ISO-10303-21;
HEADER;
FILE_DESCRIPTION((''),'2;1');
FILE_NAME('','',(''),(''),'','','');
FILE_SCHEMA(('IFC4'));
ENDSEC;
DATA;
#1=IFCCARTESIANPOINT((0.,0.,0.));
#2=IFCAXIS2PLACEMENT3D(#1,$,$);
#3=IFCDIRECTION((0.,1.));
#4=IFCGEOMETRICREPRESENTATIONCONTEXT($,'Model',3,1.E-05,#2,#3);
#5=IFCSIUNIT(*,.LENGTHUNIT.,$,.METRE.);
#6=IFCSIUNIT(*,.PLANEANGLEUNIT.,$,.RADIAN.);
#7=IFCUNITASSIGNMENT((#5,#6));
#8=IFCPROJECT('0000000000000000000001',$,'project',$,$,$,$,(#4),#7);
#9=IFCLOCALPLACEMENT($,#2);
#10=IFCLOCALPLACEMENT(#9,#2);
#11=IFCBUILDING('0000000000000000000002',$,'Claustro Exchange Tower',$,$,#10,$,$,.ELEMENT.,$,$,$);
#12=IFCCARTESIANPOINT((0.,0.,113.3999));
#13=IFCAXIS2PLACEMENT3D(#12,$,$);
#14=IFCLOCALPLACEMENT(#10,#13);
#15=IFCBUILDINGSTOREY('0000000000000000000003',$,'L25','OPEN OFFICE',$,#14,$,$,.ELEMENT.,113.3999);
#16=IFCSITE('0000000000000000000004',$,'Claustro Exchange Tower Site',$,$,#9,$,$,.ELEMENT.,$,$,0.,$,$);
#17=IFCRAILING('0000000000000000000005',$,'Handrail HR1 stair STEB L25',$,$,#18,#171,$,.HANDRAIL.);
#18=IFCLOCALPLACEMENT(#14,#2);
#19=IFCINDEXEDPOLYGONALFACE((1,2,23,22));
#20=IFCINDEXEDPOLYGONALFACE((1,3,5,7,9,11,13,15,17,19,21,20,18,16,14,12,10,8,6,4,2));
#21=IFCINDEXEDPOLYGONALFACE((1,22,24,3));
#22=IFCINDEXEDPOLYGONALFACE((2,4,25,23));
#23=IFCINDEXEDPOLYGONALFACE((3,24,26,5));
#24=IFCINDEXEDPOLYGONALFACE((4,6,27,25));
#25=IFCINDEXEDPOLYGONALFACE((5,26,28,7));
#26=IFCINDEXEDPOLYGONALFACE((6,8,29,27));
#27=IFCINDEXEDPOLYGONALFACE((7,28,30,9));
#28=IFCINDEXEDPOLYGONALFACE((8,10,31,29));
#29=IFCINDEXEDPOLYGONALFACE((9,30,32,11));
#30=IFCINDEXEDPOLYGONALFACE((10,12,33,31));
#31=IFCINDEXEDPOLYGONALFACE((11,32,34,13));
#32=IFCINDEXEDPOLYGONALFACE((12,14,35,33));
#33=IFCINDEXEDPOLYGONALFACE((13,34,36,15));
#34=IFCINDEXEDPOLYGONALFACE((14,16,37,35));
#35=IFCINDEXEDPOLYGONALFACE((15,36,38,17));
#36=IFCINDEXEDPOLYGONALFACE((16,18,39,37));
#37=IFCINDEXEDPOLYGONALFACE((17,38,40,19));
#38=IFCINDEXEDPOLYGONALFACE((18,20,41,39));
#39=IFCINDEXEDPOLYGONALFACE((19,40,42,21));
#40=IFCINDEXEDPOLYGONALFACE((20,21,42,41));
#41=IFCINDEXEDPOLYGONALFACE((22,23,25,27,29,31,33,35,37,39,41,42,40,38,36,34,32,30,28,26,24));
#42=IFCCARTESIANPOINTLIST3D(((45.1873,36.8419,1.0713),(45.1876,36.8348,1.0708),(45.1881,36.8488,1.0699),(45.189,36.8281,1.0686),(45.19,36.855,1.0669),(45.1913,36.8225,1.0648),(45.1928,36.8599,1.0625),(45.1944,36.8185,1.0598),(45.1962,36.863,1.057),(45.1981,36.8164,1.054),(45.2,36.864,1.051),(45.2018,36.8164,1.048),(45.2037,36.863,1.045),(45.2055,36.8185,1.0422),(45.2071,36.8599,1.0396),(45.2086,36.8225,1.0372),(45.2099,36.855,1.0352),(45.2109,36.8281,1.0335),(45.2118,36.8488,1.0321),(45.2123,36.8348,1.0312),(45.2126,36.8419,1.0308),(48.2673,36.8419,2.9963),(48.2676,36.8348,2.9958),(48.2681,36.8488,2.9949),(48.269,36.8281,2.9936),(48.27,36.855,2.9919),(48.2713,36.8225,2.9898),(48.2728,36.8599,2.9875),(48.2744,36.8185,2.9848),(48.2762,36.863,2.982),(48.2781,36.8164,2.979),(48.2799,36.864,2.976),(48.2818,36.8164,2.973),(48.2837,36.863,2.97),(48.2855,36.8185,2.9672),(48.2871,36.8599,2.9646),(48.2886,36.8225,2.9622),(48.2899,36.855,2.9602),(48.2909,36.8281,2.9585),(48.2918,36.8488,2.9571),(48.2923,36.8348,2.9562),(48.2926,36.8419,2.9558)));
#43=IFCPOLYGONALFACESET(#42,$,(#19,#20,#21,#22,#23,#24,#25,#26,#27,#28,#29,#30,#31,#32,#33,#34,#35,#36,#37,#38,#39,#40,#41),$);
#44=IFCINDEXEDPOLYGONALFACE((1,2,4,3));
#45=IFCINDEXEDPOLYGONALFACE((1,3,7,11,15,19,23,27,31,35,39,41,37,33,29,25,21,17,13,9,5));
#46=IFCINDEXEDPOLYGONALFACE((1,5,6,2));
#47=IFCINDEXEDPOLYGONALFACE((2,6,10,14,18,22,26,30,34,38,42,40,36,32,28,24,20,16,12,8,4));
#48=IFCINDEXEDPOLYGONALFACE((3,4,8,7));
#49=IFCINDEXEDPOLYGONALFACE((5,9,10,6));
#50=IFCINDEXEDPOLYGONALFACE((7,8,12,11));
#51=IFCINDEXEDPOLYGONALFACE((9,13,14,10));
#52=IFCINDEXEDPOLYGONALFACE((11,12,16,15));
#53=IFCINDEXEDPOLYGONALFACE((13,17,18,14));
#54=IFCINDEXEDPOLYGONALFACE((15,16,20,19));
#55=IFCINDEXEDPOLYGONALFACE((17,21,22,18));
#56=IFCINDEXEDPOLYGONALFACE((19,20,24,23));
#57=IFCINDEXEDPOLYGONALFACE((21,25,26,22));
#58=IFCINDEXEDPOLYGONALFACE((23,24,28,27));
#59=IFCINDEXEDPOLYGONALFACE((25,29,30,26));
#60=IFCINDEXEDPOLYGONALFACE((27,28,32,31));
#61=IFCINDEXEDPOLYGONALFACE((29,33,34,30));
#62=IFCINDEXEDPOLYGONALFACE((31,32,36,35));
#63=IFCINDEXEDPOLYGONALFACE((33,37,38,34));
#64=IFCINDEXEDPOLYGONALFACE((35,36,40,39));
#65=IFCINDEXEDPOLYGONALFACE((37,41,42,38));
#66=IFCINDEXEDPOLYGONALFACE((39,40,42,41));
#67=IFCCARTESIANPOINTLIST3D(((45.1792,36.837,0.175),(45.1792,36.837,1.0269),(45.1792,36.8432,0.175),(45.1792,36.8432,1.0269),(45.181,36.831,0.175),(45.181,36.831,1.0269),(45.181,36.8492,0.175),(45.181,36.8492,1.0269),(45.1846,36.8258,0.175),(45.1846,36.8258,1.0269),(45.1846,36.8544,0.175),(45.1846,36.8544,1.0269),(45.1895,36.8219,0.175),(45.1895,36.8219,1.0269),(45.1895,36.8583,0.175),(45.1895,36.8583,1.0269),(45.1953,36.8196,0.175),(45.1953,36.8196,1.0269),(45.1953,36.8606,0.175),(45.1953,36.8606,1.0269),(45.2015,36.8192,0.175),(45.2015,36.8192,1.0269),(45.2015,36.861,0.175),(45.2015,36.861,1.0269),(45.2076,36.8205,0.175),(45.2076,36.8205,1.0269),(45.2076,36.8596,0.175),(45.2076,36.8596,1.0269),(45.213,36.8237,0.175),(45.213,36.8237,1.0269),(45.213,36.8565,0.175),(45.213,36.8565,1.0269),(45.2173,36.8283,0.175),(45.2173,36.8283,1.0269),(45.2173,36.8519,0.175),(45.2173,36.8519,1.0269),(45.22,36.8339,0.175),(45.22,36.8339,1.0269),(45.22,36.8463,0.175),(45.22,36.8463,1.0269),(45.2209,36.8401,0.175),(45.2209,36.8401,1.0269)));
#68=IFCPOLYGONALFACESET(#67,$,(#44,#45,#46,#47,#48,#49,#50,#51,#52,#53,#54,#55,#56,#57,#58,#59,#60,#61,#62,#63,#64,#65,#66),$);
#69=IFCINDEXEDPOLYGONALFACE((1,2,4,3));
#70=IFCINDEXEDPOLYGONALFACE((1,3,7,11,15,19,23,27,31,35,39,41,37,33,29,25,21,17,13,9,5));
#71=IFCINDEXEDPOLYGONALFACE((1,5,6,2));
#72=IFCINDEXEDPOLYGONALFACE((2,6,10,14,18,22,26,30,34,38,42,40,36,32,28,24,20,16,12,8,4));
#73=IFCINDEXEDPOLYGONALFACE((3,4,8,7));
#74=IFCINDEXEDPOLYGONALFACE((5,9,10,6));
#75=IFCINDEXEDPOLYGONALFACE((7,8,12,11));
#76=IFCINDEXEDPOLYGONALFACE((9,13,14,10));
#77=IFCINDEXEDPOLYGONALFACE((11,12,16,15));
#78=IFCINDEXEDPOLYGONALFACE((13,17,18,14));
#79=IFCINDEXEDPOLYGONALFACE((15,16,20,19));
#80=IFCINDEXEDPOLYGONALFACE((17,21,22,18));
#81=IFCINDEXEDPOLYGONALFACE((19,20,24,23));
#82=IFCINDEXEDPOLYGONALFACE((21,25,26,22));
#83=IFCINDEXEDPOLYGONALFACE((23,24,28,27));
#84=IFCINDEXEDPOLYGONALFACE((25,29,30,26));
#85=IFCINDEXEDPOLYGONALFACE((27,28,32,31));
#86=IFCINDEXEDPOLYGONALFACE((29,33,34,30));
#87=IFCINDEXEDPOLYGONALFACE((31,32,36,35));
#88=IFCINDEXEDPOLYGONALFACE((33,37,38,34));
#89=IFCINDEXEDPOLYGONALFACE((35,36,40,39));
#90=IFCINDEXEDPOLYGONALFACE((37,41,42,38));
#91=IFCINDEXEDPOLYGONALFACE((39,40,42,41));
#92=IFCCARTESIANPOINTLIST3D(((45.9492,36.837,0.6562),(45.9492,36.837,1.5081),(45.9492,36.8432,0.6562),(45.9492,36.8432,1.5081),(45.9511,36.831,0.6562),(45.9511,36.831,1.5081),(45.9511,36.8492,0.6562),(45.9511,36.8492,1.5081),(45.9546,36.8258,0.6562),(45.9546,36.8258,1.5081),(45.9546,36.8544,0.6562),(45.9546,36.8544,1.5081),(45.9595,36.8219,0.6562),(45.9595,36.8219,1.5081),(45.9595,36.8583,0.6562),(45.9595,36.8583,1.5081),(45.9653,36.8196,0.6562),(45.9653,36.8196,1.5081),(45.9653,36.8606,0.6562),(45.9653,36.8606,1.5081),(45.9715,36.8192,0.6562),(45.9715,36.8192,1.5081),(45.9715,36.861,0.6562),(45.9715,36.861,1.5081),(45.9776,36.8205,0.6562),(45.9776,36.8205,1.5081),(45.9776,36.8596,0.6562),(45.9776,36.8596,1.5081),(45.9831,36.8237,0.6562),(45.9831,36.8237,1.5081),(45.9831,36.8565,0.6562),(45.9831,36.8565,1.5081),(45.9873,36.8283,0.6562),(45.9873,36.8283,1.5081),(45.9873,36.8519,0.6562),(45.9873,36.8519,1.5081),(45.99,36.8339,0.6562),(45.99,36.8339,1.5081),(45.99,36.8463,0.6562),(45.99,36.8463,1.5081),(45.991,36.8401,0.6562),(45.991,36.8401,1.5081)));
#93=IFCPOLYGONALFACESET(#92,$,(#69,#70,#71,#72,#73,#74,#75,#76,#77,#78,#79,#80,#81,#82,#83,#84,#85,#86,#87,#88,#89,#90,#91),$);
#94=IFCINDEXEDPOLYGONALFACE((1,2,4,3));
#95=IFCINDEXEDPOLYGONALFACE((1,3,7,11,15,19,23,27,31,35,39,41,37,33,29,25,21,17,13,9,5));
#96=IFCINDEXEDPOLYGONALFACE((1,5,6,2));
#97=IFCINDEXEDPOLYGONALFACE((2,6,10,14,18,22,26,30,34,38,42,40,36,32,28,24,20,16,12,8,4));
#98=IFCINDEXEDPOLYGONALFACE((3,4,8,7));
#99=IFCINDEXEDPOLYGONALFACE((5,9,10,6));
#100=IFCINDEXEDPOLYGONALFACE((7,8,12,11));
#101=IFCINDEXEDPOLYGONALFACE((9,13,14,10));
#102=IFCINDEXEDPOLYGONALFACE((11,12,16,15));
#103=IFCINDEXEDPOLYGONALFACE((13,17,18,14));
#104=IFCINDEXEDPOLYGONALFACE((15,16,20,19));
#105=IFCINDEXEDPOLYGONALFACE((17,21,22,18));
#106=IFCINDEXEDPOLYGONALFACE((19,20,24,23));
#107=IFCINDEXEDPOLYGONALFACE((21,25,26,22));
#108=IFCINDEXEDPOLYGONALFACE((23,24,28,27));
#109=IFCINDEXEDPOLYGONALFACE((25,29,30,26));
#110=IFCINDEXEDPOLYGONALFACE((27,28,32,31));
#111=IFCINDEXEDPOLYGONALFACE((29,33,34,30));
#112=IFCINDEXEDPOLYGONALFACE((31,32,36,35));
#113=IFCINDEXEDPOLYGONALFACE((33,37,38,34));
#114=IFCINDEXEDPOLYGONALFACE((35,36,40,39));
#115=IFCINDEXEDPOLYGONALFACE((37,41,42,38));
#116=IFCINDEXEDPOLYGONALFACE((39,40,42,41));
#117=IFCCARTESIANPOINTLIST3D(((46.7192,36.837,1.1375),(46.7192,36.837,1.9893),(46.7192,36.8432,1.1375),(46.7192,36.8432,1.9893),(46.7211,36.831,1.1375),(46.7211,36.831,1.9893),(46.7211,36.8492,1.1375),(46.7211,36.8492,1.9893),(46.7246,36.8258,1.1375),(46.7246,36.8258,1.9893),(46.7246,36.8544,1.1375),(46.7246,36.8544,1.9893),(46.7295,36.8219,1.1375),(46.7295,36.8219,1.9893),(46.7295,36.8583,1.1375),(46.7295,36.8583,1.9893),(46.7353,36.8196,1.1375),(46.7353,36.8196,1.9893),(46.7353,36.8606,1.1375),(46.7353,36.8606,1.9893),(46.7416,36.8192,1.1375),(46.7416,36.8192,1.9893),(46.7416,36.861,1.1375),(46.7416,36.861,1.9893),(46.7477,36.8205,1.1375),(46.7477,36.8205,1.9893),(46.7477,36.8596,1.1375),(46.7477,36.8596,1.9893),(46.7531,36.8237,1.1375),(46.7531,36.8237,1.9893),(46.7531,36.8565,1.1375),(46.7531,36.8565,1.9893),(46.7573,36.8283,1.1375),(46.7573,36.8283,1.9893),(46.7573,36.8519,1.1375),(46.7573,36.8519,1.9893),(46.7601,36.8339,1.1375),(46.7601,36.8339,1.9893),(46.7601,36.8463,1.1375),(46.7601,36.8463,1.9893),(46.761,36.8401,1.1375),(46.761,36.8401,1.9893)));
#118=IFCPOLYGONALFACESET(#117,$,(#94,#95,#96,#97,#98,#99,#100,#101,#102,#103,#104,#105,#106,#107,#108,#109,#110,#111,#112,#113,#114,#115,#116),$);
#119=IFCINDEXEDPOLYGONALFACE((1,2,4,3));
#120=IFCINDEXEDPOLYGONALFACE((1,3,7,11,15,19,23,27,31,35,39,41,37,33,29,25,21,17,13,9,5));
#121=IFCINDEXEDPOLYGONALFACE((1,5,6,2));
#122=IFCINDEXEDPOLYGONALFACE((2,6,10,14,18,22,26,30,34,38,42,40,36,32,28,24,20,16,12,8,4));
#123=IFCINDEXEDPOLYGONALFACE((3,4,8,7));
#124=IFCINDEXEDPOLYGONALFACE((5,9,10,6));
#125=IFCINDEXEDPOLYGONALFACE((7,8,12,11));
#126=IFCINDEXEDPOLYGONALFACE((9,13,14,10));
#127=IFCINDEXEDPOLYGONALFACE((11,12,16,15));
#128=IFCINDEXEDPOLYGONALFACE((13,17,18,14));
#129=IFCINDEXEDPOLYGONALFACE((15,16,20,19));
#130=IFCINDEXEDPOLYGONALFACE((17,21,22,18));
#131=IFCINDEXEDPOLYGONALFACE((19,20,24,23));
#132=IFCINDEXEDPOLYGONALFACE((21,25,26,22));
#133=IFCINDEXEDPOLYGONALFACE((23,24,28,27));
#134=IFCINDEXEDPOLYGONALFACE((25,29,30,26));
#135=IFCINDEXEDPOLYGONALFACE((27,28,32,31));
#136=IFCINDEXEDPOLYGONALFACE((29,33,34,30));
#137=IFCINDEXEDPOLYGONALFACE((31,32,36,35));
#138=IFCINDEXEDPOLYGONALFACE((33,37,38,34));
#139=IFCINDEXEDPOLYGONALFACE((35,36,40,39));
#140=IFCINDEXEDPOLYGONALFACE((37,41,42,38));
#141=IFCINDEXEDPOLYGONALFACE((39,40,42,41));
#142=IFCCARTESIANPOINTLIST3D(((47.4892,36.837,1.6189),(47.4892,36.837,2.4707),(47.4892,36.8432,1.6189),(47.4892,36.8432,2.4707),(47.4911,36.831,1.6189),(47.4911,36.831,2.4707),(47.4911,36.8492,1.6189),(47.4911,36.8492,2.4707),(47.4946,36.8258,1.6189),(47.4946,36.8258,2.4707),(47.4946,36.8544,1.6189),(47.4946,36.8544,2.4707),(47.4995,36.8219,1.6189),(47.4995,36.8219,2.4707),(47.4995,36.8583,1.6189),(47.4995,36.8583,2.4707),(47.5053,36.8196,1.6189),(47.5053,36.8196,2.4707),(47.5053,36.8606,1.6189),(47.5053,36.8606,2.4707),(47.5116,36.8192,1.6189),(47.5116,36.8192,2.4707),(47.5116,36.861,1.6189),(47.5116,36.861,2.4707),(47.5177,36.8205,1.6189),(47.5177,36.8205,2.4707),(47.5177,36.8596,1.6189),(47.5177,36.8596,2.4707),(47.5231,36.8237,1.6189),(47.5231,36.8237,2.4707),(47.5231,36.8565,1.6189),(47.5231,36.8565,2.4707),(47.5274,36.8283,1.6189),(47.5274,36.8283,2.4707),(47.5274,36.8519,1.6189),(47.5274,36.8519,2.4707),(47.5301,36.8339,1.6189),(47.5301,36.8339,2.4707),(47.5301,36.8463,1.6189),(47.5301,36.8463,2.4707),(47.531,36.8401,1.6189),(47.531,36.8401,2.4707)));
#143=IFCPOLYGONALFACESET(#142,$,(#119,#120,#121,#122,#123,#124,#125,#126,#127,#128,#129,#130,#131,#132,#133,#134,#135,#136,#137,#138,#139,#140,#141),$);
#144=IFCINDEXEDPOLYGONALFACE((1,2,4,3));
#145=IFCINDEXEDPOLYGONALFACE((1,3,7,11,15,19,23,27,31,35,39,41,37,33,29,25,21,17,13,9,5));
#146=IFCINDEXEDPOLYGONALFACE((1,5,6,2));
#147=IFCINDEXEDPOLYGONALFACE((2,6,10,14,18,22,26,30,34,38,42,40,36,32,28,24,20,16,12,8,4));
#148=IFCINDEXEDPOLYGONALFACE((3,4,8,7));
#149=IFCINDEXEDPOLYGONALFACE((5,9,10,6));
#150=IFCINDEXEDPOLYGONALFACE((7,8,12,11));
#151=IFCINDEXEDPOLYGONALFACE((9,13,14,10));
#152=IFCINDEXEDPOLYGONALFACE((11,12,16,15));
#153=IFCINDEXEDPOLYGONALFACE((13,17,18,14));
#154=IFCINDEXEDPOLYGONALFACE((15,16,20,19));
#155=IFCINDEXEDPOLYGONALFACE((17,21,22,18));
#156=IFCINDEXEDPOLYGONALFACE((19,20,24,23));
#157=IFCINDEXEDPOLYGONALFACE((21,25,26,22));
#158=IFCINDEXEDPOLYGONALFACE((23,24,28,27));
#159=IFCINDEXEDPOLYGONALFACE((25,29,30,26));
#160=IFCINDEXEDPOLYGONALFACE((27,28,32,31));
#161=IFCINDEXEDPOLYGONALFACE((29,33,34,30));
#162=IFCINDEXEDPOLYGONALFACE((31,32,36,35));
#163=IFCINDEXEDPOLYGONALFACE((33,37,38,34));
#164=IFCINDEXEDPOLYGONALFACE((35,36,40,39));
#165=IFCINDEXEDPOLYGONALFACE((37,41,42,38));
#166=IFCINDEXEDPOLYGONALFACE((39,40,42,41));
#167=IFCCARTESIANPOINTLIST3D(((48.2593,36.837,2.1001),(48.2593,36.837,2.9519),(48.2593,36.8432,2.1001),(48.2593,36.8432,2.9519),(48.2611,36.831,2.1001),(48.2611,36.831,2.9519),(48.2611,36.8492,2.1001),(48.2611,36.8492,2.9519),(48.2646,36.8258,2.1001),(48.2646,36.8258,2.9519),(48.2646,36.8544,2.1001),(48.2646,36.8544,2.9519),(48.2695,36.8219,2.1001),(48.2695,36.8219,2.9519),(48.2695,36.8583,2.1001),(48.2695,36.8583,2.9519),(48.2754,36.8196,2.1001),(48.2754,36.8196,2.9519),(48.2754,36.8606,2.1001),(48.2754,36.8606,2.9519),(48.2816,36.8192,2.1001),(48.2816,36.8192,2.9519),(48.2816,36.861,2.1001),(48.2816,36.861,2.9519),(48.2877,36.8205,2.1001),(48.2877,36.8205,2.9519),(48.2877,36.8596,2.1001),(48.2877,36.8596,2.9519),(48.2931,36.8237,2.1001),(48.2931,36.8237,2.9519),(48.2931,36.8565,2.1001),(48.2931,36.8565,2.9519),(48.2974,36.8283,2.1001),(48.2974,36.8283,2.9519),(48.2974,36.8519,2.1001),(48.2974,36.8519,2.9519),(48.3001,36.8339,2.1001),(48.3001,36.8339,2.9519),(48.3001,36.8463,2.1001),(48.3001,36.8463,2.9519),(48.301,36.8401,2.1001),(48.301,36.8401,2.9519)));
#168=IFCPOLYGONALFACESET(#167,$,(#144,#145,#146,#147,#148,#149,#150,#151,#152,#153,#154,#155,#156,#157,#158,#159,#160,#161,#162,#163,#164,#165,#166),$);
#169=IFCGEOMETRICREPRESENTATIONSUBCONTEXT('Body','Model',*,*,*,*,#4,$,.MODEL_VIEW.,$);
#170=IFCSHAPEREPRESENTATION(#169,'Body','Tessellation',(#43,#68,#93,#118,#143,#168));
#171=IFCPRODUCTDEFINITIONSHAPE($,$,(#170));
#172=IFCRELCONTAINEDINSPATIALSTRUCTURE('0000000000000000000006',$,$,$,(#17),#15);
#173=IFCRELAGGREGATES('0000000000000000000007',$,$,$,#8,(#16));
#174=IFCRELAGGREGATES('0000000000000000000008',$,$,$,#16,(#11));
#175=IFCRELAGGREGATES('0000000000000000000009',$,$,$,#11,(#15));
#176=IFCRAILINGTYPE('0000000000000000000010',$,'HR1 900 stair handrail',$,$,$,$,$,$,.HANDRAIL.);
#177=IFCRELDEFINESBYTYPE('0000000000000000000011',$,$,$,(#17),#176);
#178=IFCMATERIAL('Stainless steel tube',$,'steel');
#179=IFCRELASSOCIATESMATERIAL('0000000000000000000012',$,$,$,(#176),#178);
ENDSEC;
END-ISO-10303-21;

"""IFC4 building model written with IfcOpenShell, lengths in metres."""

from ifc_helpers import new_model, si_unit, direction, frame, origin, origin_2d, place, context, subcontext, project, spatial, circle, extrude, material, type_object, element, save


model = new_model("IFC4")

# Units and contexts
model_context = context("Model", 3, precision=1e-05, world=origin(), true_north=direction((0.0, 1.0)))
body_context = subcontext(model_context, "Body", "Model", "MODEL_VIEW")
ifc_project = project(units=[si_unit("LENGTHUNIT", "METRE"), si_unit("PLANEANGLEUNIT", "RADIAN")], contexts=[model_context])

# Site, building, storey
site_placement = place(None, origin())
site = spatial("IfcSite", under=ifc_project, at=site_placement, Name="Claustro Exchange Tower Site", CompositionType="ELEMENT", RefElevation=0.0)
building_placement = place(site_placement, origin())
building = spatial("IfcBuilding", under=site, at=building_placement, Name="Claustro Exchange Tower", CompositionType="ELEMENT")
storey_placement = place(building_placement, frame((0.0, 0.0, 113.3999)))
storey = spatial("IfcBuildingStorey", under=building, at=storey_placement, Name="L25", Description="OPEN OFFICE", CompositionType="ELEMENT", Elevation=113.3999)

# Railing
ifc_material_1 = material(Name="Stainless steel tube", Category="steel")
railing_type_1 = type_object("IfcRailingType", Name="HR1 900 stair handrail", PredefinedType="HANDRAIL", material=ifc_material_1)
railing_1_placement = place(storey_placement, frame((45.2, 36.8401, 0.175)))
element("IfcRailing", 1, at=railing_1_placement, inside=storey, type_object=railing_type_1, Name="Handrail HR1 stair STEB L25", PredefinedType="HANDRAIL", context=body_context, shape_type="SweptSolid", body=[
    extrude(circle(Radius=0.0239, at=origin_2d()), frame((0.0, 0.0, 0.876), z_axis=(0.847998, 0.0, 0.529999), x_axis=(0.0, 1.0, 0.0)), (0.0, 0.0, 1.0), 3.6321),
    extrude(circle(Radius=0.021, at=origin_2d()), origin(), (0.0, 0.0, 1.0), 0.8518),
    extrude(circle(Radius=0.021, at=origin_2d()), frame((0.77, 0.0, 0.4812)), (0.0, 0.0, 1.0), 0.8518),
    extrude(circle(Radius=0.021, at=origin_2d()), frame((1.54, 0.0, 0.9624)), (0.0, 0.0, 1.0), 0.8518),
    extrude(circle(Radius=0.021, at=origin_2d()), frame((2.3101, 0.0, 1.4438)), (0.0, 0.0, 1.0), 0.8518),
    extrude(circle(Radius=0.021, at=origin_2d()), frame((3.0801, 0.0, 1.925)), (0.0, 0.0, 1.0), 0.8518),
])

save(model, "model.ifc")
